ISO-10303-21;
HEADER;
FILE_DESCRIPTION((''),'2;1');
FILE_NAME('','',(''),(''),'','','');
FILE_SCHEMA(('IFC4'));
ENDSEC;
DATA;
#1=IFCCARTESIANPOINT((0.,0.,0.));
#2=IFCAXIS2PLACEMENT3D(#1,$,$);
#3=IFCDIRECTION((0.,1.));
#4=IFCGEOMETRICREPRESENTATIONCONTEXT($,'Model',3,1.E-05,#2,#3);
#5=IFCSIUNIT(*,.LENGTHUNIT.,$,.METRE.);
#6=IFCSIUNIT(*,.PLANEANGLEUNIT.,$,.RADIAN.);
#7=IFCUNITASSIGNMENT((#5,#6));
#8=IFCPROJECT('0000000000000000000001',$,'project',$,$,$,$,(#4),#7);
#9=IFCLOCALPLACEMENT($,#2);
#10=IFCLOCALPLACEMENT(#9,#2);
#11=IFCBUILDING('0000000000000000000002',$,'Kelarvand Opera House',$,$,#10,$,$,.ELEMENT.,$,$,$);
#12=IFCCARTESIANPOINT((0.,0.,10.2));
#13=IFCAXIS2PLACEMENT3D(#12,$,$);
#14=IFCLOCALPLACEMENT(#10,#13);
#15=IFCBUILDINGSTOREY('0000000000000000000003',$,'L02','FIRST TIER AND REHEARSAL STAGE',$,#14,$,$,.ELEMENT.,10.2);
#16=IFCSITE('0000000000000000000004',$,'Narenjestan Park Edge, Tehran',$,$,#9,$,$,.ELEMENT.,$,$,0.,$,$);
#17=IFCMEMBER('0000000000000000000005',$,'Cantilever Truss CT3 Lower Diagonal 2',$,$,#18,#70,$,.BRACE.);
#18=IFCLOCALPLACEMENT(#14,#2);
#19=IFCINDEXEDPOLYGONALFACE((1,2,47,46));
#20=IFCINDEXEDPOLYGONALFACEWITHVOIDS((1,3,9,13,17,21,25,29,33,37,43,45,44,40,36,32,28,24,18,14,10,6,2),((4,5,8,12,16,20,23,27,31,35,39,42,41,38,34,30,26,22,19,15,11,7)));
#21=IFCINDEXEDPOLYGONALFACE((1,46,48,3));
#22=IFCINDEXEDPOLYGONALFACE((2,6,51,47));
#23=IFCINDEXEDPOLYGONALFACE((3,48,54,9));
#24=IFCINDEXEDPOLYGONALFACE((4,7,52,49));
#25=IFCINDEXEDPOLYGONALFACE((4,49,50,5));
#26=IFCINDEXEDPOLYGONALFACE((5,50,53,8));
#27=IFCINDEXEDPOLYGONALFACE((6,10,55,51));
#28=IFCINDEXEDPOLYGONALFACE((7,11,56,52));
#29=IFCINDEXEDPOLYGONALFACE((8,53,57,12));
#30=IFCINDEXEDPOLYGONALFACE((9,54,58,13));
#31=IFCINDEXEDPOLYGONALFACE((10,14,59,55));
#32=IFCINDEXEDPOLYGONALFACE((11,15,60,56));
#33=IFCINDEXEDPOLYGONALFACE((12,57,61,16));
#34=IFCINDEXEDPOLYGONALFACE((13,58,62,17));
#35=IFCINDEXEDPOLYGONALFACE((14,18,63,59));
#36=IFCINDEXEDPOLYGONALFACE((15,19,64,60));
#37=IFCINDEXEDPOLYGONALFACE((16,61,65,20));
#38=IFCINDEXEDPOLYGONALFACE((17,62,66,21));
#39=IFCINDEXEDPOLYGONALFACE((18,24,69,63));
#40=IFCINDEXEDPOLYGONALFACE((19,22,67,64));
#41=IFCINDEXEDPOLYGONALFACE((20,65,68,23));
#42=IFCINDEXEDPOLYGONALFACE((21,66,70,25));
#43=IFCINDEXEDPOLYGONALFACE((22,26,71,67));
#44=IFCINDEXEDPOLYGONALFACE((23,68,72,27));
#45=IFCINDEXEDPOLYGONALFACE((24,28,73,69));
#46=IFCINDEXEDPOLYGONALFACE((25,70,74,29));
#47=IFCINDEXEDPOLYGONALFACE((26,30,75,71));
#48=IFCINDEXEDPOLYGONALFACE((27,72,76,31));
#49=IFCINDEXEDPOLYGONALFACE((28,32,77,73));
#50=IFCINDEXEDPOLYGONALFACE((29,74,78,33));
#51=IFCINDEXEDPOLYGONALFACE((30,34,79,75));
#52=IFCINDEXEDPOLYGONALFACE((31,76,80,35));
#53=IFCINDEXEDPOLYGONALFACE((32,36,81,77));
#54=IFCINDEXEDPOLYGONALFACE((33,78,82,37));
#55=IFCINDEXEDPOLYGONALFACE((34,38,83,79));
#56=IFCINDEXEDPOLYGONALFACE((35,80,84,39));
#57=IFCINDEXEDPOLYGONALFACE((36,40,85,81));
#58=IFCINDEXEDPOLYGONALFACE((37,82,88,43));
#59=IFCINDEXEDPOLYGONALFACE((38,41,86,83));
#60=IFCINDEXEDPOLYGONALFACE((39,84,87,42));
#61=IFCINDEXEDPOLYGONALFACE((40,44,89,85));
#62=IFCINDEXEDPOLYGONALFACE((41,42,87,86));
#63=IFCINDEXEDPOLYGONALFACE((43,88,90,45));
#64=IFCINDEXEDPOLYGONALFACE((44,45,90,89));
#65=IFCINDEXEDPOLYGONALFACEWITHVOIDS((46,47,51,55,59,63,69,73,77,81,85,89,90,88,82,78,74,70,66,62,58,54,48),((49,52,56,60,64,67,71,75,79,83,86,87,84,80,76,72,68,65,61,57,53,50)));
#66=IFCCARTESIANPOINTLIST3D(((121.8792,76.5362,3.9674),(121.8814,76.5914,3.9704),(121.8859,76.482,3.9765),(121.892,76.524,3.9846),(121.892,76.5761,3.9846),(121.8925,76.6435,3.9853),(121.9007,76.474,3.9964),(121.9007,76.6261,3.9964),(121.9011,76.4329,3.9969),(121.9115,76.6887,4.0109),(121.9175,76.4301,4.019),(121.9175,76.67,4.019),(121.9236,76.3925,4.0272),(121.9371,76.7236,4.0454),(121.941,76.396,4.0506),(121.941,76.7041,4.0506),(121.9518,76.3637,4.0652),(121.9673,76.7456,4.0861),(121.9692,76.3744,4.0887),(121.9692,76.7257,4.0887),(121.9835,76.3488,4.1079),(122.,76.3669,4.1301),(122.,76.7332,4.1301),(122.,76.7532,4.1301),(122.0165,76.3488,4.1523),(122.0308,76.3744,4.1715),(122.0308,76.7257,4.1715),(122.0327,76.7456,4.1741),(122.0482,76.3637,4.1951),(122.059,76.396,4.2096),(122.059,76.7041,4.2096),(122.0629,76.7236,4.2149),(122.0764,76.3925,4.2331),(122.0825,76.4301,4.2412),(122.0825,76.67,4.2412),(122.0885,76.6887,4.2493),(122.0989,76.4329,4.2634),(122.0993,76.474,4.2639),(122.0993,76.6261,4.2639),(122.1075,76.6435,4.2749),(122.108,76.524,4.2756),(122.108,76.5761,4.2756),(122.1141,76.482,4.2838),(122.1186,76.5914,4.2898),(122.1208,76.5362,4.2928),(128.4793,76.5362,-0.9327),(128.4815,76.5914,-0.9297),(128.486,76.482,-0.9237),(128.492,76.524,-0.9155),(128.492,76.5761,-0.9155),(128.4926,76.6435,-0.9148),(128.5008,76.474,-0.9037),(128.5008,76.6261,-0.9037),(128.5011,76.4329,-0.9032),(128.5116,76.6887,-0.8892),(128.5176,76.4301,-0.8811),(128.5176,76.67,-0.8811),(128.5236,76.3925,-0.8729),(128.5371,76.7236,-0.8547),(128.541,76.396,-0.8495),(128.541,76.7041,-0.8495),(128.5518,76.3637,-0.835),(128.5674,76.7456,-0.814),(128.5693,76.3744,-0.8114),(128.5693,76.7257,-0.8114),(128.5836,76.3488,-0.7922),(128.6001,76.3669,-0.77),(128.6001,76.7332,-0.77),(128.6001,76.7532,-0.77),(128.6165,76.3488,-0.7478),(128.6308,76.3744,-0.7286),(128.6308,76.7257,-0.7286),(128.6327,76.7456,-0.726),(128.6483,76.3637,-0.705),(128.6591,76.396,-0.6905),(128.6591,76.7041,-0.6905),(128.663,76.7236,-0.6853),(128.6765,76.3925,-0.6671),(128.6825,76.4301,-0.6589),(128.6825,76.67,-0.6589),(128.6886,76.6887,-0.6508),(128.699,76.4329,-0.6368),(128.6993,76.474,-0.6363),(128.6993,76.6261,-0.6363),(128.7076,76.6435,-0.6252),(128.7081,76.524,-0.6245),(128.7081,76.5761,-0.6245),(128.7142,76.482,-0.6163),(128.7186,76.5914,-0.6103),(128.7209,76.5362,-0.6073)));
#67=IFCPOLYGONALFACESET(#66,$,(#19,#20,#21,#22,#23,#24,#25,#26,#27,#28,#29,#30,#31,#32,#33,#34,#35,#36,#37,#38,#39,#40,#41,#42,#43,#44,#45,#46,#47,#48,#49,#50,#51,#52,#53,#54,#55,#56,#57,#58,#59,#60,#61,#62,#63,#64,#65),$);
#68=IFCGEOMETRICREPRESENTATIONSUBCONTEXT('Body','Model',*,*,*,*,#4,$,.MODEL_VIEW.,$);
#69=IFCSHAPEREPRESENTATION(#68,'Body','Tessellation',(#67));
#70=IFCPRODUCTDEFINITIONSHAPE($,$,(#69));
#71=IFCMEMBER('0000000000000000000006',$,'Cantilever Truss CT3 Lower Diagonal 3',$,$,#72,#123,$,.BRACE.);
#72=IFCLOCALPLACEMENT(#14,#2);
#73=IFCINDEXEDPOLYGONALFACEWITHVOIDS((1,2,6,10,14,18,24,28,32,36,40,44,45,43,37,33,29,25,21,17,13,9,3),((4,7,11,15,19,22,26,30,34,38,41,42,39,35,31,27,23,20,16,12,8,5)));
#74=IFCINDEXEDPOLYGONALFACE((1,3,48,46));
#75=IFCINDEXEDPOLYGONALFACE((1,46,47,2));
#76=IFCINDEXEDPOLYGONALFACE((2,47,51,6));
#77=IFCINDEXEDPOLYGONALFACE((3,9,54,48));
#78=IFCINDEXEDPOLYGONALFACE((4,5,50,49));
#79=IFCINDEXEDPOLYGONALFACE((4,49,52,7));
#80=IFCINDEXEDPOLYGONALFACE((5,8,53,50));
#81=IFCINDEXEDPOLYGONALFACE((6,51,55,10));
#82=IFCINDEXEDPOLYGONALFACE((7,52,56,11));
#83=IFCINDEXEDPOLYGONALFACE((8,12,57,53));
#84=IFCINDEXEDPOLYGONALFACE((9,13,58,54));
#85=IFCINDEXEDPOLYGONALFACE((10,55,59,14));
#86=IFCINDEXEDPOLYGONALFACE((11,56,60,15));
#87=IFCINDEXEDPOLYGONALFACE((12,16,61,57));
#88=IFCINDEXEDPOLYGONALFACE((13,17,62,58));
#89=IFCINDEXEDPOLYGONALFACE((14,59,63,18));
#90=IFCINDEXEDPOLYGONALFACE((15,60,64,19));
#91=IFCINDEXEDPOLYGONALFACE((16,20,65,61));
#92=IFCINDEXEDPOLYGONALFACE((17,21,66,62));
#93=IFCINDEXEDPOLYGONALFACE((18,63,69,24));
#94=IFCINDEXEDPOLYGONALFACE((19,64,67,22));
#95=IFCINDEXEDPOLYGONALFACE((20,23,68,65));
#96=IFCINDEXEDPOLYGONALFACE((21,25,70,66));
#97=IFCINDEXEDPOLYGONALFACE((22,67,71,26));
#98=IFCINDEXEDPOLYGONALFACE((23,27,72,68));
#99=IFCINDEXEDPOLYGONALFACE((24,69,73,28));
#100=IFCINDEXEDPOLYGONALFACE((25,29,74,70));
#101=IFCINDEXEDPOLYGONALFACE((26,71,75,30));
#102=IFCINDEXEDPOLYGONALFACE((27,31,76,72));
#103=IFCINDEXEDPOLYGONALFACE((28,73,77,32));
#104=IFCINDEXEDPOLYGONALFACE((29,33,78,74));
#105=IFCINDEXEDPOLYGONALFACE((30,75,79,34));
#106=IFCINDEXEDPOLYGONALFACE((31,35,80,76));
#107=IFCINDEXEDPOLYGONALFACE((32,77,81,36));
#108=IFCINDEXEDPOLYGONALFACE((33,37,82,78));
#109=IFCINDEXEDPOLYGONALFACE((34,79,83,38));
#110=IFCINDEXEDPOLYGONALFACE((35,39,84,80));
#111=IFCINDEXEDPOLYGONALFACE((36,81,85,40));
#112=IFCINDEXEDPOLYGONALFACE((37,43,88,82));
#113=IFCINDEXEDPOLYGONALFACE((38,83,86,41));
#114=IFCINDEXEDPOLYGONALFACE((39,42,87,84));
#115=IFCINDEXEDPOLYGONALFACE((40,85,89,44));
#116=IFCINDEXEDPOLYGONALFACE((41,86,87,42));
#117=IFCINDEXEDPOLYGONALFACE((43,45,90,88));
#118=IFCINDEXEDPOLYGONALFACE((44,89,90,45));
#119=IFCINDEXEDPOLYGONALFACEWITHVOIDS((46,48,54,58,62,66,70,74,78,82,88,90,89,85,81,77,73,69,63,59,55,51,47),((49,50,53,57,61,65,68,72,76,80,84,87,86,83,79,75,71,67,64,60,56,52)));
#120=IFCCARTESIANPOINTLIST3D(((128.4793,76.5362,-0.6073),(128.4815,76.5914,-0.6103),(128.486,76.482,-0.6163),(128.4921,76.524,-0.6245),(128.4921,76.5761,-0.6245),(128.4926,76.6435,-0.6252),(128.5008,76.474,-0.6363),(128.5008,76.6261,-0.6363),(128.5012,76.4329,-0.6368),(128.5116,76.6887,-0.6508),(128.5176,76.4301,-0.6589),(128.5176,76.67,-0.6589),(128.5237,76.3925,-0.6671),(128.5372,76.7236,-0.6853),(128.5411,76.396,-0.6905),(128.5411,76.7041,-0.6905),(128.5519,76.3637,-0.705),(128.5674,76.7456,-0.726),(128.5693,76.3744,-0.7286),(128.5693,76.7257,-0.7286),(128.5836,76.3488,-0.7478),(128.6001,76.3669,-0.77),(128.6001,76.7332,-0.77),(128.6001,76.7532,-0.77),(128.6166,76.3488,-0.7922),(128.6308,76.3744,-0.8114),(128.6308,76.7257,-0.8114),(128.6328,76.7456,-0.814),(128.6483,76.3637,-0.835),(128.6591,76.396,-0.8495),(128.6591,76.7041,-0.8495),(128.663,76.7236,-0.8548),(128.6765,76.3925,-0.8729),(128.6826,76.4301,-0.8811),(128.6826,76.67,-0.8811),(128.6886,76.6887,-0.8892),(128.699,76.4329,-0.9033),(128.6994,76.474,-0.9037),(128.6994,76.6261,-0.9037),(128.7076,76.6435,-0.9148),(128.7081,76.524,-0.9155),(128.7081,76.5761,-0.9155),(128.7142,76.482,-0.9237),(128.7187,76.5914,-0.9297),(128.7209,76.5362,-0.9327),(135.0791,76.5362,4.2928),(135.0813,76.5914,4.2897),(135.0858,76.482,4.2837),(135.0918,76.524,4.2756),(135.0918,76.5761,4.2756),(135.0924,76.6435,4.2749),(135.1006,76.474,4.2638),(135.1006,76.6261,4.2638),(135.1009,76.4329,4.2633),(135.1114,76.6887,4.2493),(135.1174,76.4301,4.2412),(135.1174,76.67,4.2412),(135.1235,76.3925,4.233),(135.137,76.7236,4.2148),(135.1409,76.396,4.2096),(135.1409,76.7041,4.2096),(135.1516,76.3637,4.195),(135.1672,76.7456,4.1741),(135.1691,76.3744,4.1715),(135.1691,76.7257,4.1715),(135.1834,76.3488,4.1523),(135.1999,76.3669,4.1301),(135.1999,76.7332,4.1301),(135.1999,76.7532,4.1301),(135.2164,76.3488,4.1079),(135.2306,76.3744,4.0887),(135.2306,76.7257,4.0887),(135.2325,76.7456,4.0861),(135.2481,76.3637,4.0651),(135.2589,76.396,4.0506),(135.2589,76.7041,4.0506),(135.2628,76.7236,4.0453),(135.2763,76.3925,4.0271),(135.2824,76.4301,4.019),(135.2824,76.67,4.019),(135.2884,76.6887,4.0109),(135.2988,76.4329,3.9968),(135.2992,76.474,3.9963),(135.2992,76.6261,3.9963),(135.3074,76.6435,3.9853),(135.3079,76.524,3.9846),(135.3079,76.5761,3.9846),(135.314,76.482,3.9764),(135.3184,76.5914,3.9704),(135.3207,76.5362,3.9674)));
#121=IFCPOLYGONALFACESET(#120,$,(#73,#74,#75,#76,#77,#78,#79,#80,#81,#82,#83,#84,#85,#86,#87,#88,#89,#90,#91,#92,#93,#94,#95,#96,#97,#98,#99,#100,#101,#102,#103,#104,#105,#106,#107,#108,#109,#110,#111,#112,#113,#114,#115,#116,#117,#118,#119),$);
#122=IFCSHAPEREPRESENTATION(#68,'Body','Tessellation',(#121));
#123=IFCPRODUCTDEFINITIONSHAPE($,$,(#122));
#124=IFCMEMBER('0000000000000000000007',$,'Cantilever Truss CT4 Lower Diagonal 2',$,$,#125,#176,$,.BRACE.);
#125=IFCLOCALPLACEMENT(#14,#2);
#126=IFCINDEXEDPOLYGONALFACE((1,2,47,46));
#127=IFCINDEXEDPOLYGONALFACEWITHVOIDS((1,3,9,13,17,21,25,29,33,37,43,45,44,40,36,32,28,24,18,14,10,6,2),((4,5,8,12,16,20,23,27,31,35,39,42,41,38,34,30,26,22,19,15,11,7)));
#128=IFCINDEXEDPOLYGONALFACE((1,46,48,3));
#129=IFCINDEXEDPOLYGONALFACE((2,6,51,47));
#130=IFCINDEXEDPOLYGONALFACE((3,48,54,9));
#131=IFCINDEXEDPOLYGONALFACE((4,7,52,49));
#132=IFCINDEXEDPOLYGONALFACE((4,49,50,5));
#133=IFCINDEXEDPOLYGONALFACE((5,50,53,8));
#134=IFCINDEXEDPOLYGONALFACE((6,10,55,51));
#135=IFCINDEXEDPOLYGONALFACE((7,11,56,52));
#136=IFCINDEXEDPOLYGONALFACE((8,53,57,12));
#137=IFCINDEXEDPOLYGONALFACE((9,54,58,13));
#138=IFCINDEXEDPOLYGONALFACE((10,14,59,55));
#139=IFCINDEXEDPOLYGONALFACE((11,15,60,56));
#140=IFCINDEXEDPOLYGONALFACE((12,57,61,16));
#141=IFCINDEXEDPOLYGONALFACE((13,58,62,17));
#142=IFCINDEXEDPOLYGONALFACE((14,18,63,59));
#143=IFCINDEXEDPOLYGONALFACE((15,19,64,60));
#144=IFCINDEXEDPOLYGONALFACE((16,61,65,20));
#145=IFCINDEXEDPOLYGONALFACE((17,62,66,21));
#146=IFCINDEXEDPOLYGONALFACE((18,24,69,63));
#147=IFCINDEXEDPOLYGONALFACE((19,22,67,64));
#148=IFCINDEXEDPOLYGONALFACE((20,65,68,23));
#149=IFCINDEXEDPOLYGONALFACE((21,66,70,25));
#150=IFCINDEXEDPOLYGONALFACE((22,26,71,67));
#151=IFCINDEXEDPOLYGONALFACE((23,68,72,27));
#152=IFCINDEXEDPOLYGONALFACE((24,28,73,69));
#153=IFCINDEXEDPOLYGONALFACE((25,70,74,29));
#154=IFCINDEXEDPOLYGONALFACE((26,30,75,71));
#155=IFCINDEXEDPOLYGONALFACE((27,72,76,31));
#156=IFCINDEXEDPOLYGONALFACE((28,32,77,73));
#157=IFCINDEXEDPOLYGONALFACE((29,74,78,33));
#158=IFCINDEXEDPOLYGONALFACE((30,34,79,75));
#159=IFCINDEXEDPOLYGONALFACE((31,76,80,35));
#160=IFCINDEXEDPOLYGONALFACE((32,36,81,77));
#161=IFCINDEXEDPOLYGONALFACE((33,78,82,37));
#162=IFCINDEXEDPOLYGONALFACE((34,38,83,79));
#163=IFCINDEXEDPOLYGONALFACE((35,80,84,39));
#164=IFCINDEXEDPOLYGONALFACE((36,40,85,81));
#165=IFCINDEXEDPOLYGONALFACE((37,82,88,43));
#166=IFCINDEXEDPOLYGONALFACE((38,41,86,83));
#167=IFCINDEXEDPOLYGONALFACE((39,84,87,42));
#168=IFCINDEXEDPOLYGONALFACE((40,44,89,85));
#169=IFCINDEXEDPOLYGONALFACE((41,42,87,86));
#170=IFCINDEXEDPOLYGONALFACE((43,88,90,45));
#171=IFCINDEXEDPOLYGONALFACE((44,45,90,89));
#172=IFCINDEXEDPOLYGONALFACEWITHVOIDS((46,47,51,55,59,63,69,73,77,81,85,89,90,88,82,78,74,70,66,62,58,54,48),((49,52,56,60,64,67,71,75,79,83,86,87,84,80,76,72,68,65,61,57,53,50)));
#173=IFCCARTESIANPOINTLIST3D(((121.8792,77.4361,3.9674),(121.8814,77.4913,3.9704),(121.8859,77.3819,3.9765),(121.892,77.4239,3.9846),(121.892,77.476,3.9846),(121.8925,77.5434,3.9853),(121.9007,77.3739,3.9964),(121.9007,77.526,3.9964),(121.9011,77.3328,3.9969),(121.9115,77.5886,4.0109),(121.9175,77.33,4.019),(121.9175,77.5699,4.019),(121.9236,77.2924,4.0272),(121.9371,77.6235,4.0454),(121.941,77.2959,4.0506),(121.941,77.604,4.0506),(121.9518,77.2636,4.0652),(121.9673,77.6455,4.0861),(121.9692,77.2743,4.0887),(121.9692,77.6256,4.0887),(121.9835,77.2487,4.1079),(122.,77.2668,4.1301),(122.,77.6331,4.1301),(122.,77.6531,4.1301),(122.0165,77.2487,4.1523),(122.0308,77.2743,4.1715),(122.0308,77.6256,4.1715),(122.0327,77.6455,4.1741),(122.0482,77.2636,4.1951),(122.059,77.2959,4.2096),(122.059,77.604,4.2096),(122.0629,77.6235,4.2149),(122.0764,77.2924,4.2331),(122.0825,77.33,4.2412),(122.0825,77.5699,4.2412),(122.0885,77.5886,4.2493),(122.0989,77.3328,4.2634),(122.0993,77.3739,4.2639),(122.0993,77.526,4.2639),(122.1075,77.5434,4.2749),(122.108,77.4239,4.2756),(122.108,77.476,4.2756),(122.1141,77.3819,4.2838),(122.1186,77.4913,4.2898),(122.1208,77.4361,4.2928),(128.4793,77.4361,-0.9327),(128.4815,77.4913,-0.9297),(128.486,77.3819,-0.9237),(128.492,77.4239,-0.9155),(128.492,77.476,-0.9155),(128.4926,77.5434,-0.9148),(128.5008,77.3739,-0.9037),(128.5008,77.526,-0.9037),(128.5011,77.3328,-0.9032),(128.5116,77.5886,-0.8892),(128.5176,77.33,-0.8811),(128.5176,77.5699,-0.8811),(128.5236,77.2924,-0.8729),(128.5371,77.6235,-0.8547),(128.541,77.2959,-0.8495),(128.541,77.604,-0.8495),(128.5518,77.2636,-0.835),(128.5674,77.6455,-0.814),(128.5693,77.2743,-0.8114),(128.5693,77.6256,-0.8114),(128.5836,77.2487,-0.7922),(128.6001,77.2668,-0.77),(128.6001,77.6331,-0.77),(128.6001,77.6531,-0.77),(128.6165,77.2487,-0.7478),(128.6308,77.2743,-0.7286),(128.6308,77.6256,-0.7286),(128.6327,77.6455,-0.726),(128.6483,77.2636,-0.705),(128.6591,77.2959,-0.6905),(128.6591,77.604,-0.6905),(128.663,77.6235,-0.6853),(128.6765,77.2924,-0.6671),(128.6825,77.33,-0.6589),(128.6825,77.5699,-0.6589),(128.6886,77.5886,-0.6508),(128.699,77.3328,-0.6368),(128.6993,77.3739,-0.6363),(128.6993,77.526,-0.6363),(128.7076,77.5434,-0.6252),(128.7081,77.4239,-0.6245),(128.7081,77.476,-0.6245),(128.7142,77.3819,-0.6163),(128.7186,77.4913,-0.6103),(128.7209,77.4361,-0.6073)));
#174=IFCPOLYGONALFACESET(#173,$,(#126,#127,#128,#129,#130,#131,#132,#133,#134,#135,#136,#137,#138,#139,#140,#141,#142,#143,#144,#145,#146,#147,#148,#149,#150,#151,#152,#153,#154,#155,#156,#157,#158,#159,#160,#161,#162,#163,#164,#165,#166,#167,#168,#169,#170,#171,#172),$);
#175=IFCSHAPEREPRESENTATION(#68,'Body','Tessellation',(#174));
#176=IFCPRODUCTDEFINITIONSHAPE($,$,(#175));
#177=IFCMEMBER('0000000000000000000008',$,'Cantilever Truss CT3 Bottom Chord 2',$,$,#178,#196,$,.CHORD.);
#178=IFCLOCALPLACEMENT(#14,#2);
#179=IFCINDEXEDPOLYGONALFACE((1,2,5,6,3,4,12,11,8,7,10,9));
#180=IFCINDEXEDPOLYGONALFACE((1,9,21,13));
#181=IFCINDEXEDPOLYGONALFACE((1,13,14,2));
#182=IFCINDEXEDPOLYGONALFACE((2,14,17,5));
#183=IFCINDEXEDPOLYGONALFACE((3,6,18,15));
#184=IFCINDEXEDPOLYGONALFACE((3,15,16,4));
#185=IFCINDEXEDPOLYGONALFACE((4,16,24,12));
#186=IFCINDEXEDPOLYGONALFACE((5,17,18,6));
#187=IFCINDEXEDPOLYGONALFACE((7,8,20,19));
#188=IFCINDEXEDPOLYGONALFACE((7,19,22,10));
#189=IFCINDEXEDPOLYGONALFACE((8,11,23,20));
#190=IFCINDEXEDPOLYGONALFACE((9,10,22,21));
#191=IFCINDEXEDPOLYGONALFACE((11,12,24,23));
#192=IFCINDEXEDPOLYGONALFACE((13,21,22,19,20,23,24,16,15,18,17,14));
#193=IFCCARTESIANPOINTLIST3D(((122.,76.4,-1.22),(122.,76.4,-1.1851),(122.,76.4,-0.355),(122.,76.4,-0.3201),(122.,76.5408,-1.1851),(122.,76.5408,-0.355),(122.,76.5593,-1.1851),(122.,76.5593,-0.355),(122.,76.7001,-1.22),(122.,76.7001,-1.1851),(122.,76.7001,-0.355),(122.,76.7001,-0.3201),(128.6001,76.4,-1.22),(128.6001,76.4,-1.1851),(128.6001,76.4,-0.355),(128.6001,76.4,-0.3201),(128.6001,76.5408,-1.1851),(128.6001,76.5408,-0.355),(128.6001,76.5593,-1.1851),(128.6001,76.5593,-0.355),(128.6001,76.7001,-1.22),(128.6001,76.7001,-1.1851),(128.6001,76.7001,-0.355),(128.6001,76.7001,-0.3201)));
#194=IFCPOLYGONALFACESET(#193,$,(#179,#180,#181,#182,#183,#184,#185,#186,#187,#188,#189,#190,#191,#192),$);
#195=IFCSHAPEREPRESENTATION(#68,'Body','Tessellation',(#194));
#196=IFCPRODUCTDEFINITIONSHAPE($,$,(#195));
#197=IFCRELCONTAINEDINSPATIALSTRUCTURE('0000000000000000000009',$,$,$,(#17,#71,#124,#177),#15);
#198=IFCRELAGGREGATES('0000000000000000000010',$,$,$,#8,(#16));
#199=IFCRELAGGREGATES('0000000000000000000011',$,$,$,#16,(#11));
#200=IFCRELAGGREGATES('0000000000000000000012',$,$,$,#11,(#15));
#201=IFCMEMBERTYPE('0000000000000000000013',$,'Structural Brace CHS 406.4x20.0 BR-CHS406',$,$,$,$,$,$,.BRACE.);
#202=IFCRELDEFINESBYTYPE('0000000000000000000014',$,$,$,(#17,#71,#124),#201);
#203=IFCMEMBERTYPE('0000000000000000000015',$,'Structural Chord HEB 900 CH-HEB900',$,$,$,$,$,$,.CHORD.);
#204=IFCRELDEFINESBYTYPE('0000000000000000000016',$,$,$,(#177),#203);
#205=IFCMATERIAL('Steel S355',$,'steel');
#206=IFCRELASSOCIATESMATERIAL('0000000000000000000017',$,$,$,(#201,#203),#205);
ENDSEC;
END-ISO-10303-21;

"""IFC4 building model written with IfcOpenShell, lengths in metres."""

from ifc_helpers import new_model, si_unit, direction, frame, origin, origin_2d, place, context, subcontext, project, spatial, hollow_circle, i_section, extrude, material, material_profile, profile_set, type_object, element, save


model = new_model("IFC4")

# Units and contexts
model_context = context("Model", 3, precision=1e-05, world=origin(), true_north=direction((0.0, 1.0)))
body_context = subcontext(model_context, "Body", "Model", "MODEL_VIEW")
ifc_project = project(units=[si_unit("LENGTHUNIT", "METRE"), si_unit("PLANEANGLEUNIT", "RADIAN")], contexts=[model_context])

# Site, building, storey
site_placement = place(None, origin())
site = spatial("IfcSite", under=ifc_project, at=site_placement, Name="Narenjestan Park Edge, Tehran", CompositionType="ELEMENT", RefElevation=0.0)
building_placement = place(site_placement, origin())
building = spatial("IfcBuilding", under=site, at=building_placement, Name="Kelarvand Opera House", CompositionType="ELEMENT")
storey_placement = place(building_placement, frame((0.0, 0.0, 10.2)))
storey = spatial("IfcBuildingStorey", under=building, at=storey_placement, Name="L02", Description="FIRST TIER AND REHEARSAL STAGE", CompositionType="ELEMENT", Elevation=10.2)

# Members
ifc_material = material(Name="Steel S355", Category="steel")
ifc_material_profile_1 = material_profile(ifc_material, hollow_circle(Radius=0.2031, WallThickness=0.02, at=origin_2d()), Name="CHS 406.4x20.0", Category="steel")
ifc_profile_set_1 = profile_set([ifc_material_profile_1], Name="Steel S355")
member_type_1 = type_object("IfcMemberType", Name="Structural Brace CHS 406.4x20.0 BR-CHS406", PredefinedType="BRACE", material=ifc_profile_set_1)
member_1_placement = place(storey_placement, frame((122.0, 76.55, 4.1301), z_axis=(0.802906, 0.0, -0.596106), x_axis=(0.0, 1.0, 0.0)))
element("IfcMember", 1, at=member_1_placement, inside=storey, type_object=member_type_1, Name="Cantilever Truss CT3 Lower Diagonal 2", PredefinedType="BRACE", context=body_context, shape_type="SweptSolid", body=[
    extrude(hollow_circle(Radius=0.2031, WallThickness=0.02, at=origin_2d()), origin(), (0.0, 0.0, 1.0), 8.2202),
])
member_2_placement = place(storey_placement, frame((128.6001, 76.55, -0.77), z_axis=(0.802895, 0.0, 0.59612), x_axis=(0.0, 1.0, 0.0)))
element("IfcMember", 2, at=member_2_placement, inside=storey, type_object=member_type_1, Name="Cantilever Truss CT3 Lower Diagonal 3", PredefinedType="BRACE", context=body_context, shape_type="SweptSolid", body=[
    extrude(hollow_circle(Radius=0.2031, WallThickness=0.02, at=origin_2d()), origin(), (0.0, 0.0, 1.0), 8.22),
])
member_3_placement = place(storey_placement, frame((122.0, 77.45, 4.1301), z_axis=(0.802906, 0.0, -0.596106), x_axis=(0.0, 1.0, 0.0)))
element("IfcMember", 3, at=member_3_placement, inside=storey, type_object=member_type_1, Name="Cantilever Truss CT4 Lower Diagonal 2", PredefinedType="BRACE", context=body_context, shape_type="SweptSolid", body=[
    extrude(hollow_circle(Radius=0.2031, WallThickness=0.02, at=origin_2d()), origin(), (0.0, 0.0, 1.0), 8.2202),
])
ifc_material_profile_2 = material_profile(ifc_material, i_section(OverallWidth=0.3, OverallDepth=0.8999, WebThickness=0.0186, FlangeThickness=0.0349, at=origin_2d()), Name="HEB 900", Category="steel")
ifc_profile_set_2 = profile_set([ifc_material_profile_2], Name="Steel S355")
member_type_2 = type_object("IfcMemberType", Name="Structural Chord HEB 900 CH-HEB900", PredefinedType="CHORD", material=ifc_profile_set_2)
member_4_placement = place(storey_placement, frame((122.0, 76.55, -0.77), z_axis=(1.0, 0.0, 0.0), x_axis=(0.0, 1.0, 0.0)))
element("IfcMember", 4, at=member_4_placement, inside=storey, type_object=member_type_2, Name="Cantilever Truss CT3 Bottom Chord 2", PredefinedType="CHORD", context=body_context, shape_type="SweptSolid", body=[
    extrude(i_section(OverallWidth=0.3, OverallDepth=0.8999, WebThickness=0.0186, FlangeThickness=0.0349, at=origin_2d()), origin(), (0.0, 0.0, 1.0), 6.6001),
])

save(model, "model.ifc")
